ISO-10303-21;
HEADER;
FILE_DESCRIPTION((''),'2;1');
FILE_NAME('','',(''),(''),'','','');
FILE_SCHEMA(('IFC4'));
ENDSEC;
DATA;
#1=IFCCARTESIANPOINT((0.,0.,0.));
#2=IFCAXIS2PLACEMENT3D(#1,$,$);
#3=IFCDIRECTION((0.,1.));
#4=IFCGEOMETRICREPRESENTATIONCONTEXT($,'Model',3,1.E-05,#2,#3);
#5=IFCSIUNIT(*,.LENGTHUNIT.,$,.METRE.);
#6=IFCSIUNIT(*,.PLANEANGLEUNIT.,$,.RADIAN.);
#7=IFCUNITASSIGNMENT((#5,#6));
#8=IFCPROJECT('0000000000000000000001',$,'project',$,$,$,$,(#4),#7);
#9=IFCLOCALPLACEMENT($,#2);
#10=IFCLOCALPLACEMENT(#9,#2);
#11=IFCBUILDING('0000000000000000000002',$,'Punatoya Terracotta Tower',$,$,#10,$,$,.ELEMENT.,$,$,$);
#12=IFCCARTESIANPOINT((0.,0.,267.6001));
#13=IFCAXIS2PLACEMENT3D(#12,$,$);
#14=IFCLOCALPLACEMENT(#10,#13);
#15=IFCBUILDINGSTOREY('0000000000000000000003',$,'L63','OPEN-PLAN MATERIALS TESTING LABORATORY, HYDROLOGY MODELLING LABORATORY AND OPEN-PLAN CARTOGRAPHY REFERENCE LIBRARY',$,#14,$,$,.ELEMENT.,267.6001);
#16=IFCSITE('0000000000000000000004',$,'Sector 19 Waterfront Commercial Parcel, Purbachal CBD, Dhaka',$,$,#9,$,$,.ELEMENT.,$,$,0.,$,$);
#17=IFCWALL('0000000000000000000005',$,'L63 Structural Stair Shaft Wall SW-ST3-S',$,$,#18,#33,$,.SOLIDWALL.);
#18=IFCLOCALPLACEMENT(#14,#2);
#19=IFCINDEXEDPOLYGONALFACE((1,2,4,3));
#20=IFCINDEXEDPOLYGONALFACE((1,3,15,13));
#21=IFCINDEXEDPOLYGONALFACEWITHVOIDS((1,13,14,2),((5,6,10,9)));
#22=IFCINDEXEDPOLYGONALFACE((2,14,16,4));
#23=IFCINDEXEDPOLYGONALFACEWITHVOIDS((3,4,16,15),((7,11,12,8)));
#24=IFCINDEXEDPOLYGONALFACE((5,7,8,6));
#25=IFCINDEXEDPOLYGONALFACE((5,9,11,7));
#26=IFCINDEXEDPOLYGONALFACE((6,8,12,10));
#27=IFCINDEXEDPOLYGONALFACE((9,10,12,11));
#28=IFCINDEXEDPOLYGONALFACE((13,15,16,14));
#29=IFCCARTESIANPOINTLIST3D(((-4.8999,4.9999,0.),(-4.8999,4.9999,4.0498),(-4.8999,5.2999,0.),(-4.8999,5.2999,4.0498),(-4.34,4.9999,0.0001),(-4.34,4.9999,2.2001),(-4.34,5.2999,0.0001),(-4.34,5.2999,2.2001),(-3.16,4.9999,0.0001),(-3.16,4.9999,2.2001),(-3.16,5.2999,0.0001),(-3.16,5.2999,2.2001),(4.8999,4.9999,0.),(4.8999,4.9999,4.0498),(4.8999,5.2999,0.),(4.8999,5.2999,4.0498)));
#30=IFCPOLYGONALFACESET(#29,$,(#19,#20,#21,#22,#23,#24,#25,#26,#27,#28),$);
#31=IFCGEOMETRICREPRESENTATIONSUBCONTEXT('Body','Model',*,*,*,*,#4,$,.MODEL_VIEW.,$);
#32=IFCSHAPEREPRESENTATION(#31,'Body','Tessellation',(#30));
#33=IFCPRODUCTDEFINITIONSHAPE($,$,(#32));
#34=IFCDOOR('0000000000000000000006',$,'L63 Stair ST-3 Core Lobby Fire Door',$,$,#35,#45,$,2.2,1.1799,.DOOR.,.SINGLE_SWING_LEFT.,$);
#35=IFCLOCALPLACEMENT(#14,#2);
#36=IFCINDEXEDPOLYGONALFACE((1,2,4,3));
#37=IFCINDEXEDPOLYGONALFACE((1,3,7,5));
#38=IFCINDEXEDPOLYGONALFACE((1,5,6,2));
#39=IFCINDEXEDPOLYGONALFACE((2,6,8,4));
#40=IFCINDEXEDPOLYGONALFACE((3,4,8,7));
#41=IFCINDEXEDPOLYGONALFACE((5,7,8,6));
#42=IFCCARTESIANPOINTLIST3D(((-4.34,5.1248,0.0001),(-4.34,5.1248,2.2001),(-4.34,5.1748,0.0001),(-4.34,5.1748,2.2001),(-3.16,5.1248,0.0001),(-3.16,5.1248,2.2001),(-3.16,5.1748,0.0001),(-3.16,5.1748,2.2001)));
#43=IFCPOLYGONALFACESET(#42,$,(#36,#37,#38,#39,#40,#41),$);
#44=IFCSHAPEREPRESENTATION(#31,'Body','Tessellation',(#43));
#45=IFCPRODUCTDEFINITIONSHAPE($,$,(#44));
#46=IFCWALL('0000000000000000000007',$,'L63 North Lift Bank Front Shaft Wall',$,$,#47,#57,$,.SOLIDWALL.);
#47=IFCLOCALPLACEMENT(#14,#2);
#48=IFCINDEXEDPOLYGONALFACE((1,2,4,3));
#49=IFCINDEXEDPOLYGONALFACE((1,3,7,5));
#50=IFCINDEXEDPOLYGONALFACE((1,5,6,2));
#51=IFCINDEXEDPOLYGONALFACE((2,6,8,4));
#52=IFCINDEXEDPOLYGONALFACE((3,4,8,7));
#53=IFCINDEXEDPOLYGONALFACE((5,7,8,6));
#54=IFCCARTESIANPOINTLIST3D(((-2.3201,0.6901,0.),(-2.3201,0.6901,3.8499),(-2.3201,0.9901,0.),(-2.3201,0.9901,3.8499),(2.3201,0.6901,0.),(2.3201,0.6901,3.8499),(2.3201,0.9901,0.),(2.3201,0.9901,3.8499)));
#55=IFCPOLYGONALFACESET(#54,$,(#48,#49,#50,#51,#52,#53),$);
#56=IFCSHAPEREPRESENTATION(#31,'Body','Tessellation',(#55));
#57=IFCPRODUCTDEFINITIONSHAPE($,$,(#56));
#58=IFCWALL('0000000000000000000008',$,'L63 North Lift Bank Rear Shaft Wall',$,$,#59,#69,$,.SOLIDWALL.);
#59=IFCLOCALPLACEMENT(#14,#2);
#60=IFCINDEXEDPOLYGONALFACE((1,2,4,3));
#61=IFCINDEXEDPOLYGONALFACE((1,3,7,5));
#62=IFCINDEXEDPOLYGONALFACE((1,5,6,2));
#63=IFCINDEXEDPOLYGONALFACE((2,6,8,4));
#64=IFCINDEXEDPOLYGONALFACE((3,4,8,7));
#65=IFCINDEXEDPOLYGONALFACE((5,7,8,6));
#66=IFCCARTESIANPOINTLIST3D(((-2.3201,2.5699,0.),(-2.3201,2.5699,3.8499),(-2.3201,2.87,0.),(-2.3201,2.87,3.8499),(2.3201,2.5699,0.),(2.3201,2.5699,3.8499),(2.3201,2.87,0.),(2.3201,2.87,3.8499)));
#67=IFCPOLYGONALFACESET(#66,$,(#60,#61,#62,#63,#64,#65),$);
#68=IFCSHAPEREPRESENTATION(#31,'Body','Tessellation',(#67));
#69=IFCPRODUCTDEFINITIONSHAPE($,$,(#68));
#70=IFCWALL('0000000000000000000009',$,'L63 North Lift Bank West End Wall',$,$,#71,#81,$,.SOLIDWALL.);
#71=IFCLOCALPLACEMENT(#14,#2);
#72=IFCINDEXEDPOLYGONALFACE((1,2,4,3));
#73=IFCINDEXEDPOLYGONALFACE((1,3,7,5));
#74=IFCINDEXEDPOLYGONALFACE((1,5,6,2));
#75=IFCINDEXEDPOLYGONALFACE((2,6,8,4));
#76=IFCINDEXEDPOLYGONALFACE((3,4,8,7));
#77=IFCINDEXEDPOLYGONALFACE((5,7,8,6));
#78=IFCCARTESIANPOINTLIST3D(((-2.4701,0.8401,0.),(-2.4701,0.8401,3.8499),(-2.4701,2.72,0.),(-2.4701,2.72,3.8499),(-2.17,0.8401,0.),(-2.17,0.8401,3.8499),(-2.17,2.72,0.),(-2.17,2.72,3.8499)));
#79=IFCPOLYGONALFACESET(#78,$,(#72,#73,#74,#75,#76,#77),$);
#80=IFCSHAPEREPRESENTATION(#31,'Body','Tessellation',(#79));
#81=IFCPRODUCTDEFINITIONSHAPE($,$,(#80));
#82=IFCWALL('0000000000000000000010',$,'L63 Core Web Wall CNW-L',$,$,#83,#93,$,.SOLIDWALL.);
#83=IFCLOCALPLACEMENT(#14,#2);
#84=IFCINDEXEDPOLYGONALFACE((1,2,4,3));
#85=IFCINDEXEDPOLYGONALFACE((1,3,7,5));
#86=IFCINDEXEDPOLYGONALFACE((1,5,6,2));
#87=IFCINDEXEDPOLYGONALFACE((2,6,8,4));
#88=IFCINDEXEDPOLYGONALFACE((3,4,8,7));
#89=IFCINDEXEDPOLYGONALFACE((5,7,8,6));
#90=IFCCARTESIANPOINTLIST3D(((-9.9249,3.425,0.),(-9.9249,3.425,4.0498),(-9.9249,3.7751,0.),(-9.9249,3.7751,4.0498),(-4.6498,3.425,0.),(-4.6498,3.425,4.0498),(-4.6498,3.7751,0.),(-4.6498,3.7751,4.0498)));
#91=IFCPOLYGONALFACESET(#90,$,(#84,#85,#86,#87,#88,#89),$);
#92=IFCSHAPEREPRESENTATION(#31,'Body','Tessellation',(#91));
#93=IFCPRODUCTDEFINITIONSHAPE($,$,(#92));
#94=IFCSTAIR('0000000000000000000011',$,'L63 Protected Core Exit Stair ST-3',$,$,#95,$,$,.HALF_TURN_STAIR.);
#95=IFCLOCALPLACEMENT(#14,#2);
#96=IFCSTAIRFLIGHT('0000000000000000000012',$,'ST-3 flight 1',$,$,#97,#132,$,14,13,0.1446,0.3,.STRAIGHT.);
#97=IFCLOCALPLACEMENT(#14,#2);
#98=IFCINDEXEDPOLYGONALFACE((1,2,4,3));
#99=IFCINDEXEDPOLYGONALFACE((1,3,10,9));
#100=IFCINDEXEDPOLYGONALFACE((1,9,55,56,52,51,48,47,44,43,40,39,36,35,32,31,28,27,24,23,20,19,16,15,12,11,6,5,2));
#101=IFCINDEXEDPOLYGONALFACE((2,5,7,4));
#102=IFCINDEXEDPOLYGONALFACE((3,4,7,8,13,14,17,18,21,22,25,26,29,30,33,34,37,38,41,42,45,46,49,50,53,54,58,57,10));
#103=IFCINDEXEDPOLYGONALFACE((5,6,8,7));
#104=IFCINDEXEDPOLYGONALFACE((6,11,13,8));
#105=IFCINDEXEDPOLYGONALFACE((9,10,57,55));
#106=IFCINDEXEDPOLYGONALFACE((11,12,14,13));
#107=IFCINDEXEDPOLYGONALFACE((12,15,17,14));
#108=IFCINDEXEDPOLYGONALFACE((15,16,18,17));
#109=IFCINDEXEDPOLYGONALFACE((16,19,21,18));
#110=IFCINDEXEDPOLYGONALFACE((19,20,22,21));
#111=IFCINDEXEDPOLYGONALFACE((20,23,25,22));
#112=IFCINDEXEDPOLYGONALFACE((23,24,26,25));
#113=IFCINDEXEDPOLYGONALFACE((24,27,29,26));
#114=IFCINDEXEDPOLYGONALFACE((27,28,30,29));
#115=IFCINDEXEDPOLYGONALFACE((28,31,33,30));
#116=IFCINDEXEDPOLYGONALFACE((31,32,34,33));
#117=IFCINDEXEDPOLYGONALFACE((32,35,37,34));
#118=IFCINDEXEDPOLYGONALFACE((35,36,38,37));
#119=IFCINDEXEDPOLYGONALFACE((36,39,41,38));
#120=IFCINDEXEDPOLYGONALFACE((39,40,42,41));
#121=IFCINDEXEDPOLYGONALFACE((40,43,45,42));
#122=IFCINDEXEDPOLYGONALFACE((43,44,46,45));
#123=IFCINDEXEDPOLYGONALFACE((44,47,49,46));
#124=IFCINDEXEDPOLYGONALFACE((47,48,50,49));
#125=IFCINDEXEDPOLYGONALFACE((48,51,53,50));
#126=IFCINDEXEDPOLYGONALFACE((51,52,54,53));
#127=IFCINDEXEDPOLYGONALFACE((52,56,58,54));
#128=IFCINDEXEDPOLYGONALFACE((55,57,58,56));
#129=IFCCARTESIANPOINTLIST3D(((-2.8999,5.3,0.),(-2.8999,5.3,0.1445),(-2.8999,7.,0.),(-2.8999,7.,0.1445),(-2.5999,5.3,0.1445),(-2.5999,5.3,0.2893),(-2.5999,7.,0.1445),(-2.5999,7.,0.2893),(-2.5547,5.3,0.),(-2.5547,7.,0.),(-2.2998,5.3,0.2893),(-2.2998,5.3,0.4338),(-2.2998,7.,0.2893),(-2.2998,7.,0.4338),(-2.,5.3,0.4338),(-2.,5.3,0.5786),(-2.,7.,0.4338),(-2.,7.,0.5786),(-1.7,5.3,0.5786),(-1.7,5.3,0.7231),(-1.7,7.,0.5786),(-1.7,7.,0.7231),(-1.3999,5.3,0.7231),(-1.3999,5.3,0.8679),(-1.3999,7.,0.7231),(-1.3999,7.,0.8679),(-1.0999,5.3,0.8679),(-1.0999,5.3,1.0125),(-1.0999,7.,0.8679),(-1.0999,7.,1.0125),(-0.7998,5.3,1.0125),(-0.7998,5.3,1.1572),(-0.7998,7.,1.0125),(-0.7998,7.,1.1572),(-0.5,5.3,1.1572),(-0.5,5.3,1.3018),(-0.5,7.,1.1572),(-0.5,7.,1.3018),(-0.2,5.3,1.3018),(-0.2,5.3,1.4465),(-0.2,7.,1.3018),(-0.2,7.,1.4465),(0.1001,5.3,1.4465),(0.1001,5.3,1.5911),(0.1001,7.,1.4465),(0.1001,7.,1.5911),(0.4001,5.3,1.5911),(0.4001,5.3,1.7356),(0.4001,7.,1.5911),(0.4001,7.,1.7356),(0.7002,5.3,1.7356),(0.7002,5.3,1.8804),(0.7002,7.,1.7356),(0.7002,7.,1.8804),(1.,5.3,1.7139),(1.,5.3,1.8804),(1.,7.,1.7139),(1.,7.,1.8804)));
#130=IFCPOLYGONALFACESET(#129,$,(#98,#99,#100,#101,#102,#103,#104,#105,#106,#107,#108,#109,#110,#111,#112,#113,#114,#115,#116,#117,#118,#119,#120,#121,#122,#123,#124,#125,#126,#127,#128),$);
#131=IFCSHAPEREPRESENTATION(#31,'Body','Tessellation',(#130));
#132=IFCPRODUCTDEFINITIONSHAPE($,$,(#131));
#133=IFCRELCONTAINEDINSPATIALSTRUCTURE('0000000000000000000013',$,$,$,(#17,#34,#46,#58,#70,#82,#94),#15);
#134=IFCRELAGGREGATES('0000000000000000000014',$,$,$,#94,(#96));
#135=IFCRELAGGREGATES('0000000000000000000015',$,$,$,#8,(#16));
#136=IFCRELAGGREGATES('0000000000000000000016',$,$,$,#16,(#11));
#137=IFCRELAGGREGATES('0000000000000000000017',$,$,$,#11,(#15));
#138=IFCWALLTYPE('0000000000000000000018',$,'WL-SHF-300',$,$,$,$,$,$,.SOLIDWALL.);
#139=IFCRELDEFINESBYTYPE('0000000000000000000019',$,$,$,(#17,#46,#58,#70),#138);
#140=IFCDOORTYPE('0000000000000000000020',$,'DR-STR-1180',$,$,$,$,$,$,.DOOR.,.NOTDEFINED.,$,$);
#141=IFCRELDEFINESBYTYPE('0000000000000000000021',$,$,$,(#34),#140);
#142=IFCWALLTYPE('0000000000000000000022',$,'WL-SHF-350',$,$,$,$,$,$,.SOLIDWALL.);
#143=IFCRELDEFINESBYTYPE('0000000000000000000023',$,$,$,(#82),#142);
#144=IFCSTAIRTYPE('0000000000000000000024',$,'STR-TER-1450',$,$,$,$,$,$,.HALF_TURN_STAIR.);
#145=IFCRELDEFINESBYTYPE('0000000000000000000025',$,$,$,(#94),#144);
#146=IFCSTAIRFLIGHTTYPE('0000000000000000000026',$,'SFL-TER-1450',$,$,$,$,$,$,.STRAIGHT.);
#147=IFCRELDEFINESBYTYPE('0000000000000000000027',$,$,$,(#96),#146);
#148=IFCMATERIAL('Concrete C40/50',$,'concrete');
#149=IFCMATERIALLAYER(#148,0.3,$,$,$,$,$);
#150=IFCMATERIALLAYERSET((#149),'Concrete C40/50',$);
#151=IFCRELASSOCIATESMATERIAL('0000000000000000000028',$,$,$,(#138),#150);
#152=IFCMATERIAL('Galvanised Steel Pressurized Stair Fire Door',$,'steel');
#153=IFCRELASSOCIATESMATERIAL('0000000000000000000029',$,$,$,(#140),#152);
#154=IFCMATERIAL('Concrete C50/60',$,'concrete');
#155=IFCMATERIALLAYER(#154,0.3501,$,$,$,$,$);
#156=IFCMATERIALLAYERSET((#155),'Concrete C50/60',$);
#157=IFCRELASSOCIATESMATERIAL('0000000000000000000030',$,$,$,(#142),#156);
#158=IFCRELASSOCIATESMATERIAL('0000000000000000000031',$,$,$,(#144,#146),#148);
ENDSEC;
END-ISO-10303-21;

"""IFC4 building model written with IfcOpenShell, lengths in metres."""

from ifc_helpers import new_model, si_unit, direction, frame, frame_2d, origin, place, context, subcontext, project, spatial, polyline, rectangle, outline, extrude, material, layer, layer_set, type_object, element, fill, aggregate, save


model = new_model("IFC4")

# Units and contexts
model_context = context("Model", 3, precision=1e-05, world=origin(), true_north=direction((0.0, 1.0)))
body_context = subcontext(model_context, "Body", "Model", "MODEL_VIEW")
ifc_project = project(units=[si_unit("LENGTHUNIT", "METRE"), si_unit("PLANEANGLEUNIT", "RADIAN")], contexts=[model_context])

# Site, building, storey
site_placement = place(None, origin())
site = spatial("IfcSite", under=ifc_project, at=site_placement, Name="Sector 19 Waterfront Commercial Parcel, Purbachal CBD, Dhaka", CompositionType="ELEMENT", RefElevation=0.0)
building_placement = place(site_placement, origin())
building = spatial("IfcBuilding", under=site, at=building_placement, Name="Punatoya Terracotta Tower", CompositionType="ELEMENT")
storey_placement = place(building_placement, frame((0.0, 0.0, 267.6001)))
storey = spatial("IfcBuildingStorey", under=building, at=storey_placement, Name="L63", Description="OPEN-PLAN MATERIALS TESTING LABORATORY, HYDROLOGY MODELLING LABORATORY AND OPEN-PLAN CARTOGRAPHY REFERENCE LIBRARY", CompositionType="ELEMENT", Elevation=267.6001)

# Shared definitions
ifc_material_1 = material(Name="Concrete C50/60", Category="concrete")

# Shared definitions
ifc_material_2 = material(Name="Concrete C40/50", Category="concrete")

# Shared definitions
ifc_layer_1 = layer(ifc_material_2, 0.3)
ifc_layer_set_1 = layer_set([ifc_layer_1], Name="Concrete C40/50")
wall_type_1 = type_object("IfcWallType", Name="WL-SHF-300", PredefinedType="SOLIDWALL", material=ifc_layer_set_1)

# Wall, opening, door
wall_1_placement = place(storey_placement, frame((-4.8999, 5.1499, 0.0), z_axis=(0.0, 0.0, 1.0), x_axis=(1.0, 0.0, 0.0)))
wall_1 = element("IfcWall", 1, at=wall_1_placement, inside=storey, type_object=wall_type_1, Name="L63 Structural Stair Shaft Wall SW-ST3-S", PredefinedType="SOLIDWALL", context=body_context, shape_type="SweptSolid", body=[
    extrude(rectangle(XDim=9.7998, YDim=0.3, at=frame_2d((4.8999, 0.0))), origin(), (0.0, 0.0, 1.0), 4.0498),
])
opening_1_placement = place(wall_1_placement, frame((0.5601, 0.0, 0.0)))
opening_1 = element("IfcOpeningElement", 2, at=opening_1_placement, cuts=wall_1, PredefinedType="OPENING", context=body_context, shape_type="SweptSolid", body=[
    extrude(rectangle(XDim=1.1799, YDim=2.2, at=frame_2d((0.5898, 1.1001))), frame((0.0, 0.1599, 0.0), z_axis=(0.0, -1.0, 0.0), x_axis=(1.0, 0.0, 0.0)), (0.0, 0.0, 1.0), 0.3201),
])
ifc_material_3 = material(Name="Galvanised Steel Pressurized Stair Fire Door", Category="steel")
door_type_1 = type_object("IfcDoorType", Name="DR-STR-1180", OperationType="NOTDEFINED", PredefinedType="DOOR", material=ifc_material_3)
door_1_placement = place(opening_1_placement, origin())
door_1 = element("IfcDoor", 3, at=door_1_placement, inside=storey, type_object=door_type_1, Name="L63 Stair ST-3 Core Lobby Fire Door", OperationType="SINGLE_SWING_LEFT", OverallHeight=2.2, OverallWidth=1.1799, PredefinedType="DOOR", context=body_context, shape_type="SweptSolid", body=[
    extrude(rectangle(XDim=1.1799, YDim=2.2, at=frame_2d((0.5898, 1.1001))), frame((0.0, 0.0249, 0.0), z_axis=(0.0, -1.0, 0.0), x_axis=(1.0, 0.0, 0.0)), (0.0, 0.0, 1.0), 0.05),
])
fill(opening_1, door_1)

# Walls
for number, where, z_axis, x_axis, name in (
    (4, (-2.3201, 0.8401, 0.0), (0.0, 0.0, 1.0), (1.0, 0.0, 0.0), "L63 North Lift Bank Front Shaft Wall"),
    (5, (-2.3201, 2.72, 0.0), (0.0, 0.0, 1.0), (1.0, 0.0, 0.0), "L63 North Lift Bank Rear Shaft Wall"),
):
    element("IfcWall", number, at=place(storey_placement, frame(where, z_axis=z_axis, x_axis=x_axis)), inside=storey, type_object=wall_type_1, Name=name, PredefinedType="SOLIDWALL", context=body_context, shape_type="SweptSolid", body=[
        extrude(rectangle(XDim=4.6401, YDim=0.3, at=frame_2d((2.3201, 0.0))), origin(), (0.0, 0.0, 1.0), 3.8499),
    ])
wall_2_placement = place(storey_placement, frame((-2.3201, 0.8401, 0.0), z_axis=(0.0, 0.0, 1.0), x_axis=(0.0, 1.0, 0.0)))
element("IfcWall", 6, at=wall_2_placement, inside=storey, type_object=wall_type_1, Name="L63 North Lift Bank West End Wall", PredefinedType="SOLIDWALL", context=body_context, shape_type="SweptSolid", body=[
    extrude(rectangle(XDim=1.8799, YDim=0.3, at=frame_2d((0.9399, 0.0))), origin(), (0.0, 0.0, 1.0), 3.8499),
])
ifc_layer_2 = layer(ifc_material_1, 0.3501)
ifc_layer_set_2 = layer_set([ifc_layer_2], Name="Concrete C50/60")
wall_type_2 = type_object("IfcWallType", Name="WL-SHF-350", PredefinedType="SOLIDWALL", material=ifc_layer_set_2)
wall_3_placement = place(storey_placement, frame((-9.925, 3.6001, 0.0), z_axis=(0.0, 0.0, 1.0), x_axis=(1.0, 0.0, 0.0)))
element("IfcWall", 7, at=wall_3_placement, inside=storey, type_object=wall_type_2, Name="L63 Core Web Wall CNW-L", PredefinedType="SOLIDWALL", context=body_context, shape_type="SweptSolid", body=[
    extrude(rectangle(XDim=5.2751, YDim=0.3501, at=frame_2d((2.6377, 0.0))), origin(), (0.0, 0.0, 1.0), 4.0498),
])

# Stair, stair flight
stair_type = type_object("IfcStairType", Name="STR-TER-1450", PredefinedType="HALF_TURN_STAIR", material=ifc_material_2)
stair_placement = place(storey_placement, origin())
stair = element("IfcStair", 8, at=stair_placement, inside=storey, type_object=stair_type, Name="L63 Protected Core Exit Stair ST-3", PredefinedType="HALF_TURN_STAIR")
stair_flight_type = type_object("IfcStairFlightType", Name="SFL-TER-1450", PredefinedType="STRAIGHT", material=ifc_material_2)
stair_flight_placement = place(storey_placement, frame((-2.8999, 6.1499, 0.0), z_axis=(0.0, 0.0, 1.0), x_axis=(1.0, 0.0, 0.0)))
stair_flight = element("IfcStairFlight", 9, at=stair_flight_placement, type_object=stair_flight_type, Name="ST-3 flight 1", NumberOfRisers=14, NumberOfTreads=13, PredefinedType="STRAIGHT", RiserHeight=0.1446, TreadLength=0.3, context=body_context, shape_type="SweptSolid", body=[
    extrude(outline(polyline([(0.0, 0.0), (0.0, 0.1445), (0.3, 0.1445), (0.3, 0.2893), (0.6001, 0.2893), (0.6001, 0.4338), (0.8999, 0.4338), (0.8999, 0.5786), (1.2, 0.5786), (1.2, 0.7231), (1.5, 0.7231), (1.5, 0.8679), (1.8, 0.8679), (1.8, 1.0125), (2.1001, 1.0125), (2.1001, 1.1572), (2.3999, 1.1572), (2.3999, 1.3018), (2.7, 1.3018), (2.7, 1.4465), (3.0, 1.4465), (3.0, 1.5911), (3.3, 1.5911), (3.3, 1.7356), (3.6001, 1.7356), (3.6001, 1.8804), (3.8999, 1.8804), (3.8999, 2.0249), (3.8999, 1.7139), (0.3452, 0.0), (0.0, 0.0)])), frame((0.0, 0.8501, 0.0), z_axis=(0.0, -1.0, 0.0), x_axis=(1.0, 0.0, 0.0)), (0.0, 0.0, 1.0), 1.7),
])
aggregate(stair, [stair_flight])

save(model, "model.ifc")
